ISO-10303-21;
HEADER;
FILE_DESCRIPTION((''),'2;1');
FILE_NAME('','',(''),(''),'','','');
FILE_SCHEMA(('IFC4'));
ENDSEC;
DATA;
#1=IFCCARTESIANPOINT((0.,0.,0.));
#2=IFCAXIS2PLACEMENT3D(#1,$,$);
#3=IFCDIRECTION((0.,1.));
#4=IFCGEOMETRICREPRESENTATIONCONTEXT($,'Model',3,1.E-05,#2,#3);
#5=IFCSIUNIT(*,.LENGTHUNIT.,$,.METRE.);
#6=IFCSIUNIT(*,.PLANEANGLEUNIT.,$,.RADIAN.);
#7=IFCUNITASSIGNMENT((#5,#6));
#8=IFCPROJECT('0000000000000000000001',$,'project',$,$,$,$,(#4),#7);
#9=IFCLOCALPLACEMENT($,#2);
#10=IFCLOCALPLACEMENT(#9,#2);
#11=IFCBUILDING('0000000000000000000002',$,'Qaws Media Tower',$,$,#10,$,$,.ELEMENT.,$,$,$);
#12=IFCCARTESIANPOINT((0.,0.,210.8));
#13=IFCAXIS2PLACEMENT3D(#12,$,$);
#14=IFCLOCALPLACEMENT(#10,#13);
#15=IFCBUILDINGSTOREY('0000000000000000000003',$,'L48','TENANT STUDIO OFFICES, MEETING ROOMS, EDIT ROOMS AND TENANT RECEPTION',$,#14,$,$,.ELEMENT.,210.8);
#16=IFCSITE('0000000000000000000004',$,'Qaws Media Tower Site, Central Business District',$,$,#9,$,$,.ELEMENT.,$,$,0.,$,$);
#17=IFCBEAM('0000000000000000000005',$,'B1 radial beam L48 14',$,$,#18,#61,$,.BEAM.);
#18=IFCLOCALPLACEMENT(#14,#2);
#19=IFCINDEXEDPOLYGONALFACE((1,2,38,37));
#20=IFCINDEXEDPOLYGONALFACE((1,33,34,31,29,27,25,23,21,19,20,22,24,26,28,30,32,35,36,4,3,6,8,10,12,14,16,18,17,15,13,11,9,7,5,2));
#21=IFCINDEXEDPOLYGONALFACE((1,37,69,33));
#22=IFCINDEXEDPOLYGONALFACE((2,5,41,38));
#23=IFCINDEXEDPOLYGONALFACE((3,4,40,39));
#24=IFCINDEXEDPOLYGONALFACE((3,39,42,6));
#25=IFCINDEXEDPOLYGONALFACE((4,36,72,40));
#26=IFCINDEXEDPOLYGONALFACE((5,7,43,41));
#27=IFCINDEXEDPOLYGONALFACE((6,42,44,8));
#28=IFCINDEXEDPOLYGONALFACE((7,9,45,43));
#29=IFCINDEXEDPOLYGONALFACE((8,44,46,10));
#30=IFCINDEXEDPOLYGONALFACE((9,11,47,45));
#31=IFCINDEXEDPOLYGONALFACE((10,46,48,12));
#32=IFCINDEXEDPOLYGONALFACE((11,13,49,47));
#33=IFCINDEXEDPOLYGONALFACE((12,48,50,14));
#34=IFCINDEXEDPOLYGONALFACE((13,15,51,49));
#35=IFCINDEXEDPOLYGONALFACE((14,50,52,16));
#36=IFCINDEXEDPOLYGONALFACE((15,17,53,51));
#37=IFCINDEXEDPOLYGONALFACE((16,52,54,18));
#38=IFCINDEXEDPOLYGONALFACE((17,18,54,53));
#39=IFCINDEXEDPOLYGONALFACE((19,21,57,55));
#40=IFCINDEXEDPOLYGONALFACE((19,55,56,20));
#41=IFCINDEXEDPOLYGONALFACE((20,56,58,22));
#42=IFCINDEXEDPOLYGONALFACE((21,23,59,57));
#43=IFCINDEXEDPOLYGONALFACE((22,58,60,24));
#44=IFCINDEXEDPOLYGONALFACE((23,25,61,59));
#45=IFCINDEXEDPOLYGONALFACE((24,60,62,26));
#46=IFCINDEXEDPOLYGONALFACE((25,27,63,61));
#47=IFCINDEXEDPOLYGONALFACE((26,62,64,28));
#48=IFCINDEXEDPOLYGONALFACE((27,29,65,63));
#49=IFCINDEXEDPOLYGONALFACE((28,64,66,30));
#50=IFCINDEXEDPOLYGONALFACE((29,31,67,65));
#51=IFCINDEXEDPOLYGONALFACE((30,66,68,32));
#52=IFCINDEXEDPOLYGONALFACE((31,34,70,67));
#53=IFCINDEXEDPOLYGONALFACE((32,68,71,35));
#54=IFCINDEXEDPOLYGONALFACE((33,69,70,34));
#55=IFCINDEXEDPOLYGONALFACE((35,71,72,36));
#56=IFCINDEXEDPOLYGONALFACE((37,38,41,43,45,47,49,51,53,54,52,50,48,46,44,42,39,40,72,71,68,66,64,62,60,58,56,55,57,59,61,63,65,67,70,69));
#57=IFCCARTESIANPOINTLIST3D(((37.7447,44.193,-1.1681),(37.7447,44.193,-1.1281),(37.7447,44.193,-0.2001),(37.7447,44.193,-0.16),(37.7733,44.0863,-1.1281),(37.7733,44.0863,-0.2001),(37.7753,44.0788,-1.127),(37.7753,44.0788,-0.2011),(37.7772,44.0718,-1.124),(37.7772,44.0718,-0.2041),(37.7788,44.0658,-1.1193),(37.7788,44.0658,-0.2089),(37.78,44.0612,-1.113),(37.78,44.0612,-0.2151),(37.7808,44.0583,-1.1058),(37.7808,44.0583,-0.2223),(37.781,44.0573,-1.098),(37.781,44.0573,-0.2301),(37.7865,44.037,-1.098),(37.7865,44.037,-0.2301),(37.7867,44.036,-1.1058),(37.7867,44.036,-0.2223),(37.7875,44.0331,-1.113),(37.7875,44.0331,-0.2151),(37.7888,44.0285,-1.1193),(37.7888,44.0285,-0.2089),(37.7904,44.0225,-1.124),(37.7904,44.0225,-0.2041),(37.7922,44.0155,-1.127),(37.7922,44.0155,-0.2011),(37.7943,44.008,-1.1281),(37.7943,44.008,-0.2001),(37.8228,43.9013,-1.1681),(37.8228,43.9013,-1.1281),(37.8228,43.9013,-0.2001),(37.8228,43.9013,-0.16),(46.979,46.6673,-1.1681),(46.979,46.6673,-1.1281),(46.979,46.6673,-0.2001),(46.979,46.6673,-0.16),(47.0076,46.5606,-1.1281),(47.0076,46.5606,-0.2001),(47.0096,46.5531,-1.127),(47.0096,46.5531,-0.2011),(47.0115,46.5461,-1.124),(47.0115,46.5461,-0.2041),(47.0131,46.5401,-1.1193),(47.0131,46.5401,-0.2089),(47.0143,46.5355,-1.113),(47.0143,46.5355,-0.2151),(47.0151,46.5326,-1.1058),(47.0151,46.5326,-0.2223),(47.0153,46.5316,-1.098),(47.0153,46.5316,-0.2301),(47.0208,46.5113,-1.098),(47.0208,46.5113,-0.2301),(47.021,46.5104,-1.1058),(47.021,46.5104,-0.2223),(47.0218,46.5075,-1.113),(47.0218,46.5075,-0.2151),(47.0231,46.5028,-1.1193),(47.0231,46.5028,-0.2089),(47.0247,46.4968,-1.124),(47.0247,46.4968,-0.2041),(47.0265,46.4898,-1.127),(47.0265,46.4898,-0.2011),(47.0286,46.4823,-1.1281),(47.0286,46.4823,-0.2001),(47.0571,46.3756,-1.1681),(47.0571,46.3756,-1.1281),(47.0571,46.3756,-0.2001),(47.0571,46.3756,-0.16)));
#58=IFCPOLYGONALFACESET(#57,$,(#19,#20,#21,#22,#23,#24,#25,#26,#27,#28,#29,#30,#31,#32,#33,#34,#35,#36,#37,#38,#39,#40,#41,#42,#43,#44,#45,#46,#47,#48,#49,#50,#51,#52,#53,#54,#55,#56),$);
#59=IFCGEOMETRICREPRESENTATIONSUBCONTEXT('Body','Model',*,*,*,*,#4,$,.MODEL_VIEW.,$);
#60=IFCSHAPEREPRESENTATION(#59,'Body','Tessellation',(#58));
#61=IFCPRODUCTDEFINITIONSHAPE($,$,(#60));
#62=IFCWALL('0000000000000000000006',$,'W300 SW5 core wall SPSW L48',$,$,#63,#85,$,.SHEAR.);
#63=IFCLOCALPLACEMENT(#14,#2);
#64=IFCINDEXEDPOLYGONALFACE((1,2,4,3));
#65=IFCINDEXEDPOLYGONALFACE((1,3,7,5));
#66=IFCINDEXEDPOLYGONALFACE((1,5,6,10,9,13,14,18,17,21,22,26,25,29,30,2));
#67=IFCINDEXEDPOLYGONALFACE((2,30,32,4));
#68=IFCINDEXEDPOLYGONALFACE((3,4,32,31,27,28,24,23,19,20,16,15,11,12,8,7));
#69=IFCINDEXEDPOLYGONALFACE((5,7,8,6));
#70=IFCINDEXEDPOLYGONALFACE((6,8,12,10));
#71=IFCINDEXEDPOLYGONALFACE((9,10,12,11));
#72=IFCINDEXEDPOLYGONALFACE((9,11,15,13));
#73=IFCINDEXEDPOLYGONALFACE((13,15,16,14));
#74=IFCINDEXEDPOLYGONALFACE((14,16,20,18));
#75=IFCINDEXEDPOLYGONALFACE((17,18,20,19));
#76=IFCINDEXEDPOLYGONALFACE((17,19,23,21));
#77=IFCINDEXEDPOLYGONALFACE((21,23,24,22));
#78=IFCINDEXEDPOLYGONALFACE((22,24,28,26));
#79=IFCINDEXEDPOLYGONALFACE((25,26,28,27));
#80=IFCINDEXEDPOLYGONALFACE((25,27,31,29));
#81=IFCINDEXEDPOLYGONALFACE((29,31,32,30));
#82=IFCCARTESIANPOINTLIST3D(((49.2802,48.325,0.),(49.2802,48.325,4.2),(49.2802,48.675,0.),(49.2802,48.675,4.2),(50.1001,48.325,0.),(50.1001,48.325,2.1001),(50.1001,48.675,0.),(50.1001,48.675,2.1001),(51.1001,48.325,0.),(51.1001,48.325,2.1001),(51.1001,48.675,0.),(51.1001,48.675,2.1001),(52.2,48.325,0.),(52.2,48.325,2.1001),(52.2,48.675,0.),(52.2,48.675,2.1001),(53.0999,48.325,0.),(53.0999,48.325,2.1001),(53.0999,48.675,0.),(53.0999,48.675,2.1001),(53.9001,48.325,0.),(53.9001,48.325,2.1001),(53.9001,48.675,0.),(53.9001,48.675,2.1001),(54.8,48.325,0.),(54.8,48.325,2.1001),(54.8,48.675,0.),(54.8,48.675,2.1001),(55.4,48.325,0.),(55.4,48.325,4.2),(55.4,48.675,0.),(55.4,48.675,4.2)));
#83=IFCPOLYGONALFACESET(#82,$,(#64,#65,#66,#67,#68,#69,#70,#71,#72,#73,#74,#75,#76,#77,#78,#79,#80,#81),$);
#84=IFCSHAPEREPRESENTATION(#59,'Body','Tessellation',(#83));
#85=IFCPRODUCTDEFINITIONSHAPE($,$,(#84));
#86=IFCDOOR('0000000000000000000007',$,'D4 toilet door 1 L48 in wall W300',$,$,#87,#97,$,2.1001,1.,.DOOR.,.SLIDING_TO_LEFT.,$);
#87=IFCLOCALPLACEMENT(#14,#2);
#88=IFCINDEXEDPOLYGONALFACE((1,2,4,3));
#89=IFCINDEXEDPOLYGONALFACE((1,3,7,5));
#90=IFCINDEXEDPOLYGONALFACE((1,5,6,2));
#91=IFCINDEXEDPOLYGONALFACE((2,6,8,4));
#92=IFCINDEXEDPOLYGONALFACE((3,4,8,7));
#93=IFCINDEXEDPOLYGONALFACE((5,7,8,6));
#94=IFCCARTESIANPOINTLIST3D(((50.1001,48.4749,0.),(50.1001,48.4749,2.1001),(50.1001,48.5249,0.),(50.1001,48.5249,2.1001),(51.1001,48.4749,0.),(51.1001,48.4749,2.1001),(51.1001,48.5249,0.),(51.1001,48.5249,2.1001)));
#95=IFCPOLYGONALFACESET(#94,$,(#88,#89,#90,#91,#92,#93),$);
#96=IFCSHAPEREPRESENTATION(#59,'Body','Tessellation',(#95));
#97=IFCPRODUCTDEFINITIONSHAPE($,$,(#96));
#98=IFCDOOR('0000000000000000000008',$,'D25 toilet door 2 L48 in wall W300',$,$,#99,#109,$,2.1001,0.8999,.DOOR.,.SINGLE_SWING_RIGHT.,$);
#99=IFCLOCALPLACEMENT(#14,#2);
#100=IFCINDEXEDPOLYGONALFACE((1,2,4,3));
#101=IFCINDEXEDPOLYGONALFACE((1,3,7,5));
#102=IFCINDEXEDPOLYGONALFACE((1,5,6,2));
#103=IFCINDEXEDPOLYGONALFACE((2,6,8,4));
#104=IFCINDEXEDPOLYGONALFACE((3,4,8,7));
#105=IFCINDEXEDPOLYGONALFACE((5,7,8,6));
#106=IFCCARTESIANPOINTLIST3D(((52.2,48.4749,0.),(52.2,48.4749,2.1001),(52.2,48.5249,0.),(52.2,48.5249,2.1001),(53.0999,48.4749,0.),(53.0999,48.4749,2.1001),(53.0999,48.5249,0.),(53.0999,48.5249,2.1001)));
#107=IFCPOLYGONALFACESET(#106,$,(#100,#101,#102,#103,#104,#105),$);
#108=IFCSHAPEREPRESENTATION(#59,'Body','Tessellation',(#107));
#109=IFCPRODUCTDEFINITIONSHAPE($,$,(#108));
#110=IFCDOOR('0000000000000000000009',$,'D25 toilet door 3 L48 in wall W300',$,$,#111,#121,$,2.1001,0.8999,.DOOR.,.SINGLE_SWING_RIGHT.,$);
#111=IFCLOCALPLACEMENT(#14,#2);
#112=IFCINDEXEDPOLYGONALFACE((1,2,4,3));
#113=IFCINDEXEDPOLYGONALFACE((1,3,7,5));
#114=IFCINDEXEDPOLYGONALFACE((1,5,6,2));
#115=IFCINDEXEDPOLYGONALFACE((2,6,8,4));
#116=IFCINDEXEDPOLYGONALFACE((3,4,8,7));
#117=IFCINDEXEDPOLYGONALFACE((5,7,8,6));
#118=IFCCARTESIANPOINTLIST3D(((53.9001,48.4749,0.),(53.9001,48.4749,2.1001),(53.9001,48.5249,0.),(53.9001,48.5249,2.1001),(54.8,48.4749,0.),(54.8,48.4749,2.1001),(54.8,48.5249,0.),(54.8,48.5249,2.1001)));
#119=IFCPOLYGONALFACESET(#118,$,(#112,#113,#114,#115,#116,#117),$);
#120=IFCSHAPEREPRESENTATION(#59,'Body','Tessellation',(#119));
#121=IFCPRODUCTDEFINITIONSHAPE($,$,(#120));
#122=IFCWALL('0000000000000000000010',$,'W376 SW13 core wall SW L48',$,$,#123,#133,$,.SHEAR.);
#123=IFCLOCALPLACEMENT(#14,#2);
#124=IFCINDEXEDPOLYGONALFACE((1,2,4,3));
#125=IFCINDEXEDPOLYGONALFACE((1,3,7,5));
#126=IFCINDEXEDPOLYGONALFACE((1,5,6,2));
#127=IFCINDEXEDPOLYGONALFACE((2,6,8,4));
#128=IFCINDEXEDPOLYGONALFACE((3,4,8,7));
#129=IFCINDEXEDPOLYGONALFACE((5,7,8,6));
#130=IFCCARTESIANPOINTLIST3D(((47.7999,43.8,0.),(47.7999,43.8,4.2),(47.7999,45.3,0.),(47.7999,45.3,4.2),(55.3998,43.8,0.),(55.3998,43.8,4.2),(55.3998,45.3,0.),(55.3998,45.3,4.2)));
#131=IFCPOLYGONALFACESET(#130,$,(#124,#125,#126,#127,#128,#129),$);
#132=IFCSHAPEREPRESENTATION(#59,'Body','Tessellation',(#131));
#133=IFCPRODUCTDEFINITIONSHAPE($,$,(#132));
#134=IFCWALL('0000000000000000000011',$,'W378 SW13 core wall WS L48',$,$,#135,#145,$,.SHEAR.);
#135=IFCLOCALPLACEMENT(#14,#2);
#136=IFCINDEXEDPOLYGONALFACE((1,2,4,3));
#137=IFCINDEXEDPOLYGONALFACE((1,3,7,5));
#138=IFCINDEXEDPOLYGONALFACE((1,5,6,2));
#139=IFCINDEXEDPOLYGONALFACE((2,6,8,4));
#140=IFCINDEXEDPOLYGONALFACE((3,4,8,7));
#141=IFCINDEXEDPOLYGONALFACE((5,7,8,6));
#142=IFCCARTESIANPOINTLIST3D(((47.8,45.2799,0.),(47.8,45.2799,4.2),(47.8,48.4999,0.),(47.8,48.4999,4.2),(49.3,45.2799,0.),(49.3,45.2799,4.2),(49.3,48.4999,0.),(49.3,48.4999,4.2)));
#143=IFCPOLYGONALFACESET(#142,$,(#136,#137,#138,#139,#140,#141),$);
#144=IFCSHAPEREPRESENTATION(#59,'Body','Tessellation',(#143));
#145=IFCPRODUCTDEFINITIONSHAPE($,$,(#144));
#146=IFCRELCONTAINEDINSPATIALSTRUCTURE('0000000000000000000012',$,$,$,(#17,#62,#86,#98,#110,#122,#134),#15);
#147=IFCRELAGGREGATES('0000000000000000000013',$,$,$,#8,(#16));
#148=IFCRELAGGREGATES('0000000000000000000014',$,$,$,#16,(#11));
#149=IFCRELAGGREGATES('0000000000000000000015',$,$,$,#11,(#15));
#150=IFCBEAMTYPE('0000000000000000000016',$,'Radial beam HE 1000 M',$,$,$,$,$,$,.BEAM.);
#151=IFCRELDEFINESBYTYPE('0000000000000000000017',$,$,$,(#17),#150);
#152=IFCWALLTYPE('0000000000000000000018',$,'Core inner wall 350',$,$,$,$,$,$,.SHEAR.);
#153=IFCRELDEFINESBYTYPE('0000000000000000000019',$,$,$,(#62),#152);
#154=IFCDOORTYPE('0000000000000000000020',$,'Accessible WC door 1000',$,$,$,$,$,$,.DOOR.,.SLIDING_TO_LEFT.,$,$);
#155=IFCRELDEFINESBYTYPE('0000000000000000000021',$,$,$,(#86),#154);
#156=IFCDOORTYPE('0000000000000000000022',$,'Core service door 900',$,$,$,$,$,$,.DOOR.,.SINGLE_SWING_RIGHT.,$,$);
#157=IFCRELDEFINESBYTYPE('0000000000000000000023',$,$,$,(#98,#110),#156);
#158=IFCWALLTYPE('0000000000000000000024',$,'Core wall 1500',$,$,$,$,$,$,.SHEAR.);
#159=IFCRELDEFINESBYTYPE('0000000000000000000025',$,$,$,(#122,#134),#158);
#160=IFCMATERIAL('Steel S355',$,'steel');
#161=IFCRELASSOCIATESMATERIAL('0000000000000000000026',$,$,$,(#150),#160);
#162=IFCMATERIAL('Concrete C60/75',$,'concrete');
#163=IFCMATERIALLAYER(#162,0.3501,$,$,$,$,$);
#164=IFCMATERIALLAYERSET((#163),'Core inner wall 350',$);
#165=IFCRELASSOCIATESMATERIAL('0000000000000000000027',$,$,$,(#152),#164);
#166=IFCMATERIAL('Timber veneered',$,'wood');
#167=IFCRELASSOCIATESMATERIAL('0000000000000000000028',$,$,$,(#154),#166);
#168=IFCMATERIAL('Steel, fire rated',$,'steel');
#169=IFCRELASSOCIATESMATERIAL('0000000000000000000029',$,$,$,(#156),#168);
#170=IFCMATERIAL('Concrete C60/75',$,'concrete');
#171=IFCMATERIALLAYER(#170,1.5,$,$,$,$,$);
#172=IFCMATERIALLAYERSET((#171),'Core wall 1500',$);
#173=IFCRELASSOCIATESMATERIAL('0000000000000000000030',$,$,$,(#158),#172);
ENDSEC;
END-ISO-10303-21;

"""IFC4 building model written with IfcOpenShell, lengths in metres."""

from ifc_helpers import new_model, si_unit, direction, frame, frame_2d, origin, origin_2d, place, context, subcontext, project, spatial, rectangle, i_section, extrude, material, layer, layer_set, material_profile, profile_set, type_object, element, fill, save


model = new_model("IFC4")

# Units and contexts
model_context = context("Model", 3, precision=1e-05, world=origin(), true_north=direction((0.0, 1.0)))
body_context = subcontext(model_context, "Body", "Model", "MODEL_VIEW")
ifc_project = project(units=[si_unit("LENGTHUNIT", "METRE"), si_unit("PLANEANGLEUNIT", "RADIAN")], contexts=[model_context])

# Site, building, storey
site_placement = place(None, origin())
site = spatial("IfcSite", under=ifc_project, at=site_placement, Name="Qaws Media Tower Site, Central Business District", CompositionType="ELEMENT", RefElevation=0.0)
building_placement = place(site_placement, origin())
building = spatial("IfcBuilding", under=site, at=building_placement, Name="Qaws Media Tower", CompositionType="ELEMENT")
storey_placement = place(building_placement, frame((0.0, 0.0, 210.8)))
storey = spatial("IfcBuildingStorey", under=building, at=storey_placement, Name="L48", Description="TENANT STUDIO OFFICES, MEETING ROOMS, EDIT ROOMS AND TENANT RECEPTION", CompositionType="ELEMENT", Elevation=210.8)

# Beam
ifc_material_1 = material(Name="Steel S355", Category="steel")
ifc_material_profile_1 = material_profile(ifc_material_1, i_section(OverallWidth=0.302, OverallDepth=1.0081, WebThickness=0.021, FlangeThickness=0.04, FilletRadius=0.03, at=origin_2d()), Name="HE 1000 M")
ifc_profile_set_1 = profile_set([ifc_material_profile_1], Name="Steel S355")
beam_type_1 = type_object("IfcBeamType", Name="Radial beam HE 1000 M", PredefinedType="BEAM", material=ifc_profile_set_1)
beam_1_placement = place(storey_placement, frame((47.0181, 46.5215, -0.6641), z_axis=(-0.965925, -0.258821, 0.0), x_axis=(0.258821, -0.965925, 0.0)))
element("IfcBeam", 1, at=beam_1_placement, inside=storey, type_object=beam_type_1, Name="B1 radial beam L48 14", PredefinedType="BEAM", context=body_context, shape_type="SweptSolid", body=[
    extrude(i_section(OverallWidth=0.302, OverallDepth=1.0081, WebThickness=0.021, FlangeThickness=0.04, FilletRadius=0.03, at=origin_2d()), origin(), (0.0, 0.0, 1.0), 9.5601),
])

# Wall, openings, doors
ifc_material_2 = material(Name="Concrete C60/75", Category="concrete")
ifc_layer_1 = layer(ifc_material_2, 0.3501)
ifc_layer_set_1 = layer_set([ifc_layer_1], Name="Core inner wall 350")
wall_type_1 = type_object("IfcWallType", Name="Core inner wall 350", PredefinedType="SHEAR", material=ifc_layer_set_1)
wall_1_placement = place(storey_placement, frame((49.28, 48.5, 0.0), z_axis=(0.0, 0.0, 1.0), x_axis=(1.0, 0.0, 0.0)))
wall_1 = element("IfcWall", 2, at=wall_1_placement, inside=storey, type_object=wall_type_1, Name="W300 SW5 core wall SPSW L48", PredefinedType="SHEAR", context=body_context, shape_type="SweptSolid", body=[
    extrude(rectangle(XDim=6.1199, YDim=0.3501, at=frame_2d((3.0601, 0.0))), origin(), (0.0, 0.0, 1.0), 4.2),
])
opening_1_placement = place(wall_1_placement, frame((0.8201, 0.0, 0.0)))
opening_1 = element("IfcOpeningElement", 3, at=opening_1_placement, cuts=wall_1, PredefinedType="OPENING", context=body_context, shape_type="SweptSolid", body=[
    extrude(rectangle(XDim=1.0, YDim=2.1001, at=frame_2d((0.5, 1.05))), frame((0.0, 0.1851, 0.0), z_axis=(0.0, -1.0, 0.0), x_axis=(1.0, 0.0, 0.0)), (0.0, 0.0, 1.0), 0.3701),
])
opening_2_placement = place(wall_1_placement, frame((2.9199, 0.0, 0.0)))
opening_2 = element("IfcOpeningElement", 4, at=opening_2_placement, cuts=wall_1, PredefinedType="OPENING", context=body_context, shape_type="SweptSolid", body=[
    extrude(rectangle(XDim=0.8999, YDim=2.1001, at=frame_2d((0.45, 1.05))), frame((0.0, 0.1851, 0.0), z_axis=(0.0, -1.0, 0.0), x_axis=(1.0, 0.0, 0.0)), (0.0, 0.0, 1.0), 0.3701),
])
opening_3_placement = place(wall_1_placement, frame((4.6201, 0.0, 0.0)))
opening_3 = element("IfcOpeningElement", 5, at=opening_3_placement, cuts=wall_1, PredefinedType="OPENING", context=body_context, shape_type="SweptSolid", body=[
    extrude(rectangle(XDim=0.8999, YDim=2.1001, at=frame_2d((0.45, 1.05))), frame((0.0, 0.1851, 0.0), z_axis=(0.0, -1.0, 0.0), x_axis=(1.0, 0.0, 0.0)), (0.0, 0.0, 1.0), 0.3701),
])
ifc_material_3 = material(Name="Timber veneered", Category="wood")
door_type_1 = type_object("IfcDoorType", Name="Accessible WC door 1000", OperationType="SLIDING_TO_LEFT", PredefinedType="DOOR", material=ifc_material_3)
door_1_placement = place(opening_1_placement, origin())
door_1 = element("IfcDoor", 6, at=door_1_placement, inside=storey, type_object=door_type_1, Name="D4 toilet door 1 L48 in wall W300", OperationType="SLIDING_TO_LEFT", OverallHeight=2.1001, OverallWidth=1.0, PredefinedType="DOOR", context=body_context, shape_type="SweptSolid", body=[
    extrude(rectangle(XDim=1.0, YDim=2.1001, at=frame_2d((0.5, 1.05))), frame((0.0, 0.0249, 0.0), z_axis=(0.0, -1.0, 0.0), x_axis=(1.0, 0.0, 0.0)), (0.0, 0.0, 1.0), 0.05),
])
fill(opening_1, door_1)
ifc_material_4 = material(Name="Steel, fire rated", Category="steel")
door_type_2 = type_object("IfcDoorType", Name="Core service door 900", OperationType="SINGLE_SWING_RIGHT", PredefinedType="DOOR", material=ifc_material_4)
door_2_placement = place(opening_2_placement, origin())
door_2 = element("IfcDoor", 7, at=door_2_placement, inside=storey, type_object=door_type_2, Name="D25 toilet door 2 L48 in wall W300", OperationType="SINGLE_SWING_RIGHT", OverallHeight=2.1001, OverallWidth=0.8999, PredefinedType="DOOR", context=body_context, shape_type="SweptSolid", body=[
    extrude(rectangle(XDim=0.8999, YDim=2.1001, at=frame_2d((0.45, 1.05))), frame((0.0, 0.0249, 0.0), z_axis=(0.0, -1.0, 0.0), x_axis=(1.0, 0.0, 0.0)), (0.0, 0.0, 1.0), 0.05),
])
fill(opening_2, door_2)
door_3_placement = place(opening_3_placement, origin())
door_3 = element("IfcDoor", 8, at=door_3_placement, inside=storey, type_object=door_type_2, Name="D25 toilet door 3 L48 in wall W300", OperationType="SINGLE_SWING_RIGHT", OverallHeight=2.1001, OverallWidth=0.8999, PredefinedType="DOOR", context=body_context, shape_type="SweptSolid", body=[
    extrude(rectangle(XDim=0.8999, YDim=2.1001, at=frame_2d((0.45, 1.05))), frame((0.0, 0.0249, 0.0), z_axis=(0.0, -1.0, 0.0), x_axis=(1.0, 0.0, 0.0)), (0.0, 0.0, 1.0), 0.05),
])
fill(opening_3, door_3)

# Walls
ifc_material_5 = material(Name="Concrete C60/75", Category="concrete")
ifc_layer_2 = layer(ifc_material_5, 1.5)
ifc_layer_set_2 = layer_set([ifc_layer_2], Name="Core wall 1500")
wall_type_2 = type_object("IfcWallType", Name="Core wall 1500", PredefinedType="SHEAR", material=ifc_layer_set_2)
wall_2_placement = place(storey_placement, frame((47.8, 44.55, 0.0), z_axis=(0.0, 0.0, 1.0), x_axis=(1.0, 0.0, 0.0)))
element("IfcWall", 9, at=wall_2_placement, inside=storey, type_object=wall_type_2, Name="W376 SW13 core wall SW L48", PredefinedType="SHEAR", context=body_context, shape_type="SweptSolid", body=[
    extrude(rectangle(XDim=7.5999, YDim=1.5, at=frame_2d((3.7998, 0.0))), origin(), (0.0, 0.0, 1.0), 4.2),
])
wall_3_placement = place(storey_placement, frame((48.55, 45.28, 0.0), z_axis=(0.0, 0.0, 1.0), x_axis=(0.0, 1.0, 0.0)))
element("IfcWall", 10, at=wall_3_placement, inside=storey, type_object=wall_type_2, Name="W378 SW13 core wall WS L48", PredefinedType="SHEAR", context=body_context, shape_type="SweptSolid", body=[
    extrude(rectangle(XDim=3.22, YDim=1.5, at=frame_2d((1.6099, 0.0))), origin(), (0.0, 0.0, 1.0), 4.2),
])

save(model, "model.ifc")
